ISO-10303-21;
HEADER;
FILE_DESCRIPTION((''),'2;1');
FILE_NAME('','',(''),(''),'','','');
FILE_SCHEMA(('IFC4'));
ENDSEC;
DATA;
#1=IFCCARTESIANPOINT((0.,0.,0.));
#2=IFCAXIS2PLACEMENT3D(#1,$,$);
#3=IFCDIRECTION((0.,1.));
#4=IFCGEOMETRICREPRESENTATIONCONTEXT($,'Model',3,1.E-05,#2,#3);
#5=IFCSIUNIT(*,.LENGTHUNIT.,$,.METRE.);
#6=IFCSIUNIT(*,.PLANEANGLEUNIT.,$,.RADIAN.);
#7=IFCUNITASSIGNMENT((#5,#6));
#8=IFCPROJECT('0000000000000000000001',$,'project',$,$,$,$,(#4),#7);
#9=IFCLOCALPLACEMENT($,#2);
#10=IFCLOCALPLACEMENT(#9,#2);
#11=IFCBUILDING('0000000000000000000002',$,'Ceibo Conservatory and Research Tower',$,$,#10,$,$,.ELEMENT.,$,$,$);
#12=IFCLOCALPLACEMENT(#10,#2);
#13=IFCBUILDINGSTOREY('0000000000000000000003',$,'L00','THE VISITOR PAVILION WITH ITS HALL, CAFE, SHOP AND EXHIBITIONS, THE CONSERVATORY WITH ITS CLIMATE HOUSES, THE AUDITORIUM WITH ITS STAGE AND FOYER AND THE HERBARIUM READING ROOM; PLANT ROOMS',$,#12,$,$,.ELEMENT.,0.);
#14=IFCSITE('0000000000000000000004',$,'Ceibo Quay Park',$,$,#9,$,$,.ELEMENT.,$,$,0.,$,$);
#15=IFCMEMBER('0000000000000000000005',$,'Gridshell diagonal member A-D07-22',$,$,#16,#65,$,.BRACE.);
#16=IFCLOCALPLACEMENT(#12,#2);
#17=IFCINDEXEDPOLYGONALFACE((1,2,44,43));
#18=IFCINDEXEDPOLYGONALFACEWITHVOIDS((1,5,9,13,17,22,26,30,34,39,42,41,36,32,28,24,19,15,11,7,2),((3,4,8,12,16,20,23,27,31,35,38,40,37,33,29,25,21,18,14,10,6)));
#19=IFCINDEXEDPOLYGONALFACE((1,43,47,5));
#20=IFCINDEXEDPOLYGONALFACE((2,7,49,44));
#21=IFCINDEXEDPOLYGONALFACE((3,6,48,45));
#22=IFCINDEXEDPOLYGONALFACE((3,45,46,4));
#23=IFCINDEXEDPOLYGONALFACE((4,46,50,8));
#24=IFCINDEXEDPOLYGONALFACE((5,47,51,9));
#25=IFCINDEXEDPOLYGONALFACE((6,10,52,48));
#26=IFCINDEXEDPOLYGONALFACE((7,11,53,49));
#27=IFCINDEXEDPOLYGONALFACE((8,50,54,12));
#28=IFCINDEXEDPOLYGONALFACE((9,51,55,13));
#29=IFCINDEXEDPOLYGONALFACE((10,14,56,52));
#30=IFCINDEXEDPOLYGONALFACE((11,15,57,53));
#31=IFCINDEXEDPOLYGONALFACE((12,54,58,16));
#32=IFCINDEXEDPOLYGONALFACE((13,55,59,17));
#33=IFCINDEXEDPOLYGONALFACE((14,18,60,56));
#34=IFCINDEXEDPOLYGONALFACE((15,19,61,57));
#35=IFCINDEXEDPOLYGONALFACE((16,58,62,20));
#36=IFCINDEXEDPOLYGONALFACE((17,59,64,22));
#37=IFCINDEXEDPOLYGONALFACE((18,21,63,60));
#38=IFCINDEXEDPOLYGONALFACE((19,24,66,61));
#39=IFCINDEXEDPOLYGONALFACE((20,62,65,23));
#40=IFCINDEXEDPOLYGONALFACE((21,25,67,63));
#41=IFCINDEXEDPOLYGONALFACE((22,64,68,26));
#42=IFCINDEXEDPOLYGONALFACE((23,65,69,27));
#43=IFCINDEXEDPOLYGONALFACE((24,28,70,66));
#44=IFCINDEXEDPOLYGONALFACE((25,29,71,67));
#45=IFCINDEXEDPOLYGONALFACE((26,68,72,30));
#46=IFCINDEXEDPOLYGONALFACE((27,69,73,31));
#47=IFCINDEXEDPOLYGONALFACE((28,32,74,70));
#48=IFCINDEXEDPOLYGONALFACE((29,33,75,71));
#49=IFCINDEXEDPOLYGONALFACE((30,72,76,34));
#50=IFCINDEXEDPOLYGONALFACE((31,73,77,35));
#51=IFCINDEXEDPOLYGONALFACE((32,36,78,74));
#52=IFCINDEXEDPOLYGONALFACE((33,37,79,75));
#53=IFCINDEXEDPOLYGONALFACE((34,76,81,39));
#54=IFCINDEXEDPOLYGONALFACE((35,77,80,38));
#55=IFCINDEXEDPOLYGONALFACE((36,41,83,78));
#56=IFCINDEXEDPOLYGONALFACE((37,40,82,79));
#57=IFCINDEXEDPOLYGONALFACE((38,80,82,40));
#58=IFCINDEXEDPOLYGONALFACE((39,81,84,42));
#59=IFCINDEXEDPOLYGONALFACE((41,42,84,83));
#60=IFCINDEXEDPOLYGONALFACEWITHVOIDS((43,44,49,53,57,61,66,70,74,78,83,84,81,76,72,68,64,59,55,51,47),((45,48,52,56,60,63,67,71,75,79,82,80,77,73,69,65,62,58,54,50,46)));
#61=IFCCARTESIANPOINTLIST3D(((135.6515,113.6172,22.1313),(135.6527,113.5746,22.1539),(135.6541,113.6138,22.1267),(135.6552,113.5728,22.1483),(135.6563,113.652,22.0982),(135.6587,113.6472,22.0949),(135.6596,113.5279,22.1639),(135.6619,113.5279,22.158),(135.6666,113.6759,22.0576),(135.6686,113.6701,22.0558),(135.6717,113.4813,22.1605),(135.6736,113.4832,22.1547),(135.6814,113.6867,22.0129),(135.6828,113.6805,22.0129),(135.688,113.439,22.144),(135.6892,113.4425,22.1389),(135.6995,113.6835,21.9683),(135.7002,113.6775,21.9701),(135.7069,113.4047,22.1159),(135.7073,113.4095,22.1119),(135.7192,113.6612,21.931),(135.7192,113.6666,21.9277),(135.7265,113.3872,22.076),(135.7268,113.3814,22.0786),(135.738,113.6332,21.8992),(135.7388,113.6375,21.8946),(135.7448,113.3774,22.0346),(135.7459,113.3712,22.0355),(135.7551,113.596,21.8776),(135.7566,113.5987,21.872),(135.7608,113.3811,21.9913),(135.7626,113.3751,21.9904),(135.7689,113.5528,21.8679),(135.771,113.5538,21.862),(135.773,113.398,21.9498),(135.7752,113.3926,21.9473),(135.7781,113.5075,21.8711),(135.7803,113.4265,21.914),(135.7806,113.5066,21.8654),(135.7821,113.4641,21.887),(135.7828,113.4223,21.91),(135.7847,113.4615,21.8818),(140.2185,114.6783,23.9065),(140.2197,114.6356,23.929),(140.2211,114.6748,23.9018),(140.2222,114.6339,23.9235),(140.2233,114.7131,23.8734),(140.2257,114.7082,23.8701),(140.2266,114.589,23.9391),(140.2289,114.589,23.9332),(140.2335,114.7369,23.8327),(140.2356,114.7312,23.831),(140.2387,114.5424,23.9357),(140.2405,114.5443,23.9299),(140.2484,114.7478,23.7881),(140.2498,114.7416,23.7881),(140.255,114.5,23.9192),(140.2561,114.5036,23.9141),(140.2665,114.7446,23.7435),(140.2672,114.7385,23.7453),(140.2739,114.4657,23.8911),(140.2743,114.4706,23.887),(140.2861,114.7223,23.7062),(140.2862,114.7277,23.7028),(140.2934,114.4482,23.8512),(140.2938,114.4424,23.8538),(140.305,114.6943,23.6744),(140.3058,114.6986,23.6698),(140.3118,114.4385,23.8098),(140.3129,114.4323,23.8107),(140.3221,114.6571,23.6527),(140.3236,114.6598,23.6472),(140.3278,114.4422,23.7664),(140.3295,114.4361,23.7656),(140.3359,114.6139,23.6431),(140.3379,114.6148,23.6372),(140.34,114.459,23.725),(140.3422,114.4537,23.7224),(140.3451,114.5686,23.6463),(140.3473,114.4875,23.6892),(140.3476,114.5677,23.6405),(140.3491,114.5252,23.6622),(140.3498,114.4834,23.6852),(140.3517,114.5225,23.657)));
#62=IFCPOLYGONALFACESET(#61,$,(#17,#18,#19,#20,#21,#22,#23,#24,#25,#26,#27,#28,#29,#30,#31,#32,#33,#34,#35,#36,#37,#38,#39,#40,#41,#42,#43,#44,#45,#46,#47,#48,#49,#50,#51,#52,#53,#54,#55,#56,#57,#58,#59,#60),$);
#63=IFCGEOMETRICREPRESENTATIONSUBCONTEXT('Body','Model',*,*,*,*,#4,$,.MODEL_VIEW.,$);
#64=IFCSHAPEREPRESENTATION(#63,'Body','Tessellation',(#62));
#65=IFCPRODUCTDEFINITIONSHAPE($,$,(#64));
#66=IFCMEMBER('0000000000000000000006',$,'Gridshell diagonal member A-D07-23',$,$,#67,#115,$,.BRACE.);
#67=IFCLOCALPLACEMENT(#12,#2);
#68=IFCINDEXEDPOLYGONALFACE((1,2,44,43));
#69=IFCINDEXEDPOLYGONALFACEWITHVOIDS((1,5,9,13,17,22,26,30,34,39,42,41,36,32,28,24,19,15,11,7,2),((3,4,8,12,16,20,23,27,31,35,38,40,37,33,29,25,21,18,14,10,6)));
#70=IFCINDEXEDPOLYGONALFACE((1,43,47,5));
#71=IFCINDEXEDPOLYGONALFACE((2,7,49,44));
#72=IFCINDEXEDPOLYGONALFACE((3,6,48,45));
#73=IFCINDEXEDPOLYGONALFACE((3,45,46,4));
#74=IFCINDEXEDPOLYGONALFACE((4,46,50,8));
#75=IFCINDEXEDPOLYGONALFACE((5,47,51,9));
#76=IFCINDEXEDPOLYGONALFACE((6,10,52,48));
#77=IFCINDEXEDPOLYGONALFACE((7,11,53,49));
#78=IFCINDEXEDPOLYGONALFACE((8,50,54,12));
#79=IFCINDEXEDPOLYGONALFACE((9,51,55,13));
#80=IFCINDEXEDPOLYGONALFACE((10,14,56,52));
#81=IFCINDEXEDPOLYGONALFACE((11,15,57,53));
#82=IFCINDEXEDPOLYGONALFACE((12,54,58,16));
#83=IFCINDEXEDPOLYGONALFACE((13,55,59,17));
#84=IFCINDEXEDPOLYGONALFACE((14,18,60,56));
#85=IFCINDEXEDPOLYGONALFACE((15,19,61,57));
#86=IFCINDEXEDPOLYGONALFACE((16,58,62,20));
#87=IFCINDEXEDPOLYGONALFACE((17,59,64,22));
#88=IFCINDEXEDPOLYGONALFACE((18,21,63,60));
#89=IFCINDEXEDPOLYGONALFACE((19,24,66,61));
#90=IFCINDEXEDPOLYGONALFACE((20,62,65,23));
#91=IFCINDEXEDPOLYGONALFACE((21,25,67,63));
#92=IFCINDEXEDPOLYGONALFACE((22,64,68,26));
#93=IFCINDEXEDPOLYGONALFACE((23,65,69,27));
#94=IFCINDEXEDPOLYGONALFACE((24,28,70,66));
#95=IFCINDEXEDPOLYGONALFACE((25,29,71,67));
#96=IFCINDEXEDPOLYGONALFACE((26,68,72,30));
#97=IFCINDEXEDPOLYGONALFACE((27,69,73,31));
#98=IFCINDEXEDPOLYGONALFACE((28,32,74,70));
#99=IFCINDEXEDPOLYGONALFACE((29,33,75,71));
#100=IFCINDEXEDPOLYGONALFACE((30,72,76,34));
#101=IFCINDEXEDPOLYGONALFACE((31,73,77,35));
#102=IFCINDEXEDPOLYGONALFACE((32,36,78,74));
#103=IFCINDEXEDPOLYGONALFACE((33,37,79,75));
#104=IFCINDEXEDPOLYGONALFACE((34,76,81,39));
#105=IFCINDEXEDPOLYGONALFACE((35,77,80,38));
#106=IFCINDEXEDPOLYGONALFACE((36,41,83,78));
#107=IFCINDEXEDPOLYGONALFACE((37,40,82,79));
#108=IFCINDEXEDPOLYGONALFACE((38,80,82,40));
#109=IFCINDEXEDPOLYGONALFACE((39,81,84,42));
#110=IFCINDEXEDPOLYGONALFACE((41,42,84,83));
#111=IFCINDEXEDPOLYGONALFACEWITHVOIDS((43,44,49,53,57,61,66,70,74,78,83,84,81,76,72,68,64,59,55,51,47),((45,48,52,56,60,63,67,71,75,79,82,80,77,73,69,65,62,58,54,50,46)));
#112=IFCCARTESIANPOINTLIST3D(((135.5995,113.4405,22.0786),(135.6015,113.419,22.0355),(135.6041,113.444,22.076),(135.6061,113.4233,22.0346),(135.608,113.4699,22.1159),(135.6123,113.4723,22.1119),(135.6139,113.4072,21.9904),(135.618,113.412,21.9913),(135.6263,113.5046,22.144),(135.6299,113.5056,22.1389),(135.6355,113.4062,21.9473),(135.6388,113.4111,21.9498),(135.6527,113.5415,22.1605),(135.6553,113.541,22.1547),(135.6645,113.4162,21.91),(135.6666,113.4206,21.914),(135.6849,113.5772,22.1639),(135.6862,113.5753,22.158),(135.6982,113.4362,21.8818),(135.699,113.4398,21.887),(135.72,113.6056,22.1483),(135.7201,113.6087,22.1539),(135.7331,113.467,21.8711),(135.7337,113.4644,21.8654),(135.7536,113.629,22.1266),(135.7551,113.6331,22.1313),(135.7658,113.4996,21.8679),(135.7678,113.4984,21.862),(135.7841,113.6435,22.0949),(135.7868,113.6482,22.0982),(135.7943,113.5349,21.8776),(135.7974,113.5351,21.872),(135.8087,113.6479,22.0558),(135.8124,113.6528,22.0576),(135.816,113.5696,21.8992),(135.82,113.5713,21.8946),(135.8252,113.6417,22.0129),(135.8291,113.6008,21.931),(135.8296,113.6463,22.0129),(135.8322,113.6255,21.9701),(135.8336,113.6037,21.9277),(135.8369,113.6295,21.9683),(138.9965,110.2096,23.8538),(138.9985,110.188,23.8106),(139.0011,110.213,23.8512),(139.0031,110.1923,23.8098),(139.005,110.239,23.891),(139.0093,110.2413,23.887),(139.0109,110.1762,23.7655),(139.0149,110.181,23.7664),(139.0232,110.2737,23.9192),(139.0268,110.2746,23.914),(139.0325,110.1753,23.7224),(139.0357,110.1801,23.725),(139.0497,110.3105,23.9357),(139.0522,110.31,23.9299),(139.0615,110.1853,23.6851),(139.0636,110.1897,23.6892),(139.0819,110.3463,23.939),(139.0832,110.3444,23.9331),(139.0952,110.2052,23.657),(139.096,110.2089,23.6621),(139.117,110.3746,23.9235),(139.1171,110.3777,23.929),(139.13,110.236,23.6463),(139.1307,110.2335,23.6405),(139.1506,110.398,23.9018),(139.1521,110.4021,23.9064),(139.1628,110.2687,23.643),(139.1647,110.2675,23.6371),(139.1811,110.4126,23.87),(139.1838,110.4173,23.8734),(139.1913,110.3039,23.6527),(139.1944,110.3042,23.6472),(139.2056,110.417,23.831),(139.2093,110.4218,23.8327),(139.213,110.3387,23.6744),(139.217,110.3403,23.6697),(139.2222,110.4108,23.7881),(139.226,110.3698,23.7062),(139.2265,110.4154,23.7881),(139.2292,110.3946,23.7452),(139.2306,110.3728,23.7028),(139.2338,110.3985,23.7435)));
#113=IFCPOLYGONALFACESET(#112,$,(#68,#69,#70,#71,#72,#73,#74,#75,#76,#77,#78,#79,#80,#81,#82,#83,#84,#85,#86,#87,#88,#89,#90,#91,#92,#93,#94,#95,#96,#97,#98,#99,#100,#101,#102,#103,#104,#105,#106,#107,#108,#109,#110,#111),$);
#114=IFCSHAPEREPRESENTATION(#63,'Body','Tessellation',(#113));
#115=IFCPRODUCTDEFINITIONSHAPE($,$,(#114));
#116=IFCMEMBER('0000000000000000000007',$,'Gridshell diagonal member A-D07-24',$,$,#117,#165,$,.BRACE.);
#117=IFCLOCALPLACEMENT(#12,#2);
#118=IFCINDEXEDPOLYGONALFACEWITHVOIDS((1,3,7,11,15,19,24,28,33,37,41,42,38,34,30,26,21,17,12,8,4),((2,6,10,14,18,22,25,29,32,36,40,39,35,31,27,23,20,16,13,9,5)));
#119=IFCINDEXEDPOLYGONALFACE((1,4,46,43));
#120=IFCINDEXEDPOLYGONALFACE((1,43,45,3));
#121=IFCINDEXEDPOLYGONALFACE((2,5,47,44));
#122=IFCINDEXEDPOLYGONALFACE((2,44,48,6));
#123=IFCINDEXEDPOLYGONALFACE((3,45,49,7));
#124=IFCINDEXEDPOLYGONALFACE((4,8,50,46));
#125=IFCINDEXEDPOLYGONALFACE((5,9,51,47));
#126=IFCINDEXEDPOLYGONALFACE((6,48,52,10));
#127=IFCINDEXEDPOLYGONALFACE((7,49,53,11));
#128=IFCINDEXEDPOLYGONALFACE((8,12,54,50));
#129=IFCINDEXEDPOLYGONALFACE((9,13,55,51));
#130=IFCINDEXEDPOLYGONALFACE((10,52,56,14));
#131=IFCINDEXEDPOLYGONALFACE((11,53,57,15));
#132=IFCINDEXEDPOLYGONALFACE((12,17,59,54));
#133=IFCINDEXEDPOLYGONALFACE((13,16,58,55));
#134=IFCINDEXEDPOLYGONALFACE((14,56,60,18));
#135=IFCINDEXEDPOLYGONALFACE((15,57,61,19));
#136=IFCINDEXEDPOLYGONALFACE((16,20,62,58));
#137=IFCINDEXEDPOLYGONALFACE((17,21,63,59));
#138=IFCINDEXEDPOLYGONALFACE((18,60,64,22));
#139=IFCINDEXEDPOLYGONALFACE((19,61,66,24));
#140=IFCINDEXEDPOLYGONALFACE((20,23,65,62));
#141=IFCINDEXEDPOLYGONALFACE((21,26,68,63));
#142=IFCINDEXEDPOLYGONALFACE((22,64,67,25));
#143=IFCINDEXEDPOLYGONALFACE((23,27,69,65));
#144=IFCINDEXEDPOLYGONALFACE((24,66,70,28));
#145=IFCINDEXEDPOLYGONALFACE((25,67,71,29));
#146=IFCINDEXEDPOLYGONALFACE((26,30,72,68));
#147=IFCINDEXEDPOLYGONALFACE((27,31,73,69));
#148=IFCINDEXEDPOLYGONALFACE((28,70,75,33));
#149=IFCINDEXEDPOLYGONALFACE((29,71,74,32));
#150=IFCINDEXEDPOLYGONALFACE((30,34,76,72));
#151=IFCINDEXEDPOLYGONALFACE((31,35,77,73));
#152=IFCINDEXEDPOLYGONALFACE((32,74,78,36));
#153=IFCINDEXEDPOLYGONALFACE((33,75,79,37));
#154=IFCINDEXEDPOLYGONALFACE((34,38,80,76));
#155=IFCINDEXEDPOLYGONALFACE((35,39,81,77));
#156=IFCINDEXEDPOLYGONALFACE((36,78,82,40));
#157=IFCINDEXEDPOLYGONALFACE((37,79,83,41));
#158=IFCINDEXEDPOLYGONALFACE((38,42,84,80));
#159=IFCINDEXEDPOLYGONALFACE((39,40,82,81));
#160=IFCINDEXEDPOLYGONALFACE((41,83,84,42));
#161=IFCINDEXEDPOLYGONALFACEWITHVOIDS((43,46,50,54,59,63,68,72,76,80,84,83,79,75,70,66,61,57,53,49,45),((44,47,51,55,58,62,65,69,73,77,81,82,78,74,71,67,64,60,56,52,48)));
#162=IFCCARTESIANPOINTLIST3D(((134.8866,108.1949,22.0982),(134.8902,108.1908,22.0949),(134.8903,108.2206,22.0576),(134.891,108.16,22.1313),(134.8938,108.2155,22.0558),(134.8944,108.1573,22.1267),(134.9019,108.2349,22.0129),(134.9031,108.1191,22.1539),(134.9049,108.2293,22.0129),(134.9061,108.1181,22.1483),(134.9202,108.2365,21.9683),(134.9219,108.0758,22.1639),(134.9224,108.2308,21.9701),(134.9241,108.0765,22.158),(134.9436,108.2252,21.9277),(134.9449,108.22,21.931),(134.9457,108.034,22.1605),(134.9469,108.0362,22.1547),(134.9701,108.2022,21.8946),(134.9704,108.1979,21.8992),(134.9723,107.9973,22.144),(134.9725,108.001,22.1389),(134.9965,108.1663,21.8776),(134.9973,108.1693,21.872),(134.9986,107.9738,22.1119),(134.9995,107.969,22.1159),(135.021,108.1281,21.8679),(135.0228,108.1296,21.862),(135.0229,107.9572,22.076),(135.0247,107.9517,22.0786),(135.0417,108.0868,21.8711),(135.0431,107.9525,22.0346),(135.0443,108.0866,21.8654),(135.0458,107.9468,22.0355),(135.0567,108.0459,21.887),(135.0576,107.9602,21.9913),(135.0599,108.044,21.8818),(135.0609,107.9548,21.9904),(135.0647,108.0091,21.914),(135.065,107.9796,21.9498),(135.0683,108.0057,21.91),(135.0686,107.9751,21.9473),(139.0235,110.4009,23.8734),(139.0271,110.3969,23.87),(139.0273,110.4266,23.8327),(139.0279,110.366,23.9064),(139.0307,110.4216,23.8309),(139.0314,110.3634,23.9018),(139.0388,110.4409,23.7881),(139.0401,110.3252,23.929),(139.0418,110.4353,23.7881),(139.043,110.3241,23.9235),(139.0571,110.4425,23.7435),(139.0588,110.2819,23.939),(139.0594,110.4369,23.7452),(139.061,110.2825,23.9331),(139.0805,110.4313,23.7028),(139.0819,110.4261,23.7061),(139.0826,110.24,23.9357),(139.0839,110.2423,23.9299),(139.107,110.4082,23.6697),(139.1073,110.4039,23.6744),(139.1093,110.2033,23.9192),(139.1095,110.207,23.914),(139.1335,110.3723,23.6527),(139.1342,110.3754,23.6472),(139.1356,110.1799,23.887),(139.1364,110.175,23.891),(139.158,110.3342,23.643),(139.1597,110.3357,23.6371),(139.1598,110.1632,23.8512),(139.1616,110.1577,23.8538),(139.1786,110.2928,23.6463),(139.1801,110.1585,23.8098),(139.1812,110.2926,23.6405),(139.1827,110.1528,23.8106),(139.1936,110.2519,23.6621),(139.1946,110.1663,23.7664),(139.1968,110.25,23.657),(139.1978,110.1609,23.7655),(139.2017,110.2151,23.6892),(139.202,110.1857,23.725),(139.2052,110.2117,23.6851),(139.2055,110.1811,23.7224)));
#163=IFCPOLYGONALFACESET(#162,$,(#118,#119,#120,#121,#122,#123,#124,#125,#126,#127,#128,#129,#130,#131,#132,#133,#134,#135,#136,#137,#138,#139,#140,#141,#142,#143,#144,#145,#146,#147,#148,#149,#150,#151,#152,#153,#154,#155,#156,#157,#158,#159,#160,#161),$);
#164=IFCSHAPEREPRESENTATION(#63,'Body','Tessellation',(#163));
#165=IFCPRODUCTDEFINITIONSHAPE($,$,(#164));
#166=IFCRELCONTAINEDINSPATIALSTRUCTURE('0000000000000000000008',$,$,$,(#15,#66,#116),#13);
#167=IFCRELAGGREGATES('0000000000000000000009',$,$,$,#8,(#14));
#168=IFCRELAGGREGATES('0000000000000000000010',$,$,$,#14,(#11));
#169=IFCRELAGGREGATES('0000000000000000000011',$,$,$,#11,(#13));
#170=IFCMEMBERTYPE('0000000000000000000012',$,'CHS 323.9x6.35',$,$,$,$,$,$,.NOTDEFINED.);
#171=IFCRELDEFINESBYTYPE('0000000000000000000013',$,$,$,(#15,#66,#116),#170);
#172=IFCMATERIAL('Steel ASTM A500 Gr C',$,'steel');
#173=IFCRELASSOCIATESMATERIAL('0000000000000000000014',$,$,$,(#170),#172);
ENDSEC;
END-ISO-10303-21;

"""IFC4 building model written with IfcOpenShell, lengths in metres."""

from ifc_helpers import new_model, si_unit, direction, frame, origin, origin_2d, place, context, subcontext, project, spatial, hollow_circle, extrude, material, material_profile, profile_set, type_object, element, save


model = new_model("IFC4")

# Units and contexts
model_context = context("Model", 3, precision=1e-05, world=origin(), true_north=direction((0.0, 1.0)))
body_context = subcontext(model_context, "Body", "Model", "MODEL_VIEW")
ifc_project = project(units=[si_unit("LENGTHUNIT", "METRE"), si_unit("PLANEANGLEUNIT", "RADIAN")], contexts=[model_context])

# Site, building, storey
site_placement = place(None, origin())
site = spatial("IfcSite", under=ifc_project, at=site_placement, Name="Ceibo Quay Park", CompositionType="ELEMENT", RefElevation=0.0)
building_placement = place(site_placement, origin())
building = spatial("IfcBuilding", under=site, at=building_placement, Name="Ceibo Conservatory and Research Tower", CompositionType="ELEMENT")
storey_placement = place(building_placement, origin())
storey = spatial("IfcBuildingStorey", under=building, at=storey_placement, Name="L00", Description="THE VISITOR PAVILION WITH ITS HALL, CAFE, SHOP AND EXHIBITIONS, THE CONSERVATORY WITH ITS CLIMATE HOUSES, THE AUDITORIUM WITH ITS STAGE AND FOYER AND THE HERBARIUM READING ROOM; PLANT ROOMS", CompositionType="ELEMENT", Elevation=0.0)

# Members
ifc_material_1 = material(Name="Steel ASTM A500 Gr C", Category="steel")
ifc_material_profile_1 = material_profile(ifc_material_1, hollow_circle(Radius=0.1619, WallThickness=0.0063, at=origin_2d()), Name="CHS 323.9x6.35")
ifc_profile_set_1 = profile_set([ifc_material_profile_1], Name="Steel ASTM A500 Gr C")
member_type_1 = type_object("IfcMemberType", Name="CHS 323.9x6.35", PredefinedType="NOTDEFINED", material=ifc_profile_set_1)
member_1_placement = place(storey_placement, frame((135.718, 113.5291, 22.0129), z_axis=(0.910951, 0.211643, 0.354085), x_axis=(-0.226304, 0.974057, 0.0)))
element("IfcMember", 1, at=member_1_placement, inside=storey, type_object=member_type_1, Name="Gridshell diagonal member A-D07-22", PredefinedType="BRACE", context=body_context, shape_type="SweptSolid", body=[
    extrude(hollow_circle(Radius=0.1619, WallThickness=0.0063, at=origin_2d()), origin(), (0.0, 0.0, 1.0), 5.0134),
])
member_2_placement = place(storey_placement, frame((135.718, 113.5291, 22.0129), z_axis=(0.67764, -0.644522, 0.354112), x_axis=(0.689179, 0.724591, 0.0)))
element("IfcMember", 2, at=member_2_placement, inside=storey, type_object=member_type_1, Name="Gridshell diagonal member A-D07-23", PredefinedType="BRACE", context=body_context, shape_type="SweptSolid", body=[
    extrude(hollow_circle(Radius=0.1619, WallThickness=0.0063, at=origin_2d()), origin(), (0.0, 0.0, 1.0), 5.0129),
])
for number, where, z_axis, x_axis, name in (
    (3, (134.978, 108.092, 22.0129), (0.825212, 0.440048, 0.354094), (-0.470534, 0.882382, 0.0), "Gridshell diagonal member A-D07-24"),
):
    element("IfcMember", number, at=place(storey_placement, frame(where, z_axis=z_axis, x_axis=x_axis)), inside=storey, type_object=member_type_1, Name=name, PredefinedType="BRACE", context=body_context, shape_type="SweptSolid", body=[
        extrude(hollow_circle(Radius=0.1619, WallThickness=0.0063, at=origin_2d()), origin(), (0.0, 0.0, 1.0), 5.0132),
    ])

save(model, "model.ifc")
